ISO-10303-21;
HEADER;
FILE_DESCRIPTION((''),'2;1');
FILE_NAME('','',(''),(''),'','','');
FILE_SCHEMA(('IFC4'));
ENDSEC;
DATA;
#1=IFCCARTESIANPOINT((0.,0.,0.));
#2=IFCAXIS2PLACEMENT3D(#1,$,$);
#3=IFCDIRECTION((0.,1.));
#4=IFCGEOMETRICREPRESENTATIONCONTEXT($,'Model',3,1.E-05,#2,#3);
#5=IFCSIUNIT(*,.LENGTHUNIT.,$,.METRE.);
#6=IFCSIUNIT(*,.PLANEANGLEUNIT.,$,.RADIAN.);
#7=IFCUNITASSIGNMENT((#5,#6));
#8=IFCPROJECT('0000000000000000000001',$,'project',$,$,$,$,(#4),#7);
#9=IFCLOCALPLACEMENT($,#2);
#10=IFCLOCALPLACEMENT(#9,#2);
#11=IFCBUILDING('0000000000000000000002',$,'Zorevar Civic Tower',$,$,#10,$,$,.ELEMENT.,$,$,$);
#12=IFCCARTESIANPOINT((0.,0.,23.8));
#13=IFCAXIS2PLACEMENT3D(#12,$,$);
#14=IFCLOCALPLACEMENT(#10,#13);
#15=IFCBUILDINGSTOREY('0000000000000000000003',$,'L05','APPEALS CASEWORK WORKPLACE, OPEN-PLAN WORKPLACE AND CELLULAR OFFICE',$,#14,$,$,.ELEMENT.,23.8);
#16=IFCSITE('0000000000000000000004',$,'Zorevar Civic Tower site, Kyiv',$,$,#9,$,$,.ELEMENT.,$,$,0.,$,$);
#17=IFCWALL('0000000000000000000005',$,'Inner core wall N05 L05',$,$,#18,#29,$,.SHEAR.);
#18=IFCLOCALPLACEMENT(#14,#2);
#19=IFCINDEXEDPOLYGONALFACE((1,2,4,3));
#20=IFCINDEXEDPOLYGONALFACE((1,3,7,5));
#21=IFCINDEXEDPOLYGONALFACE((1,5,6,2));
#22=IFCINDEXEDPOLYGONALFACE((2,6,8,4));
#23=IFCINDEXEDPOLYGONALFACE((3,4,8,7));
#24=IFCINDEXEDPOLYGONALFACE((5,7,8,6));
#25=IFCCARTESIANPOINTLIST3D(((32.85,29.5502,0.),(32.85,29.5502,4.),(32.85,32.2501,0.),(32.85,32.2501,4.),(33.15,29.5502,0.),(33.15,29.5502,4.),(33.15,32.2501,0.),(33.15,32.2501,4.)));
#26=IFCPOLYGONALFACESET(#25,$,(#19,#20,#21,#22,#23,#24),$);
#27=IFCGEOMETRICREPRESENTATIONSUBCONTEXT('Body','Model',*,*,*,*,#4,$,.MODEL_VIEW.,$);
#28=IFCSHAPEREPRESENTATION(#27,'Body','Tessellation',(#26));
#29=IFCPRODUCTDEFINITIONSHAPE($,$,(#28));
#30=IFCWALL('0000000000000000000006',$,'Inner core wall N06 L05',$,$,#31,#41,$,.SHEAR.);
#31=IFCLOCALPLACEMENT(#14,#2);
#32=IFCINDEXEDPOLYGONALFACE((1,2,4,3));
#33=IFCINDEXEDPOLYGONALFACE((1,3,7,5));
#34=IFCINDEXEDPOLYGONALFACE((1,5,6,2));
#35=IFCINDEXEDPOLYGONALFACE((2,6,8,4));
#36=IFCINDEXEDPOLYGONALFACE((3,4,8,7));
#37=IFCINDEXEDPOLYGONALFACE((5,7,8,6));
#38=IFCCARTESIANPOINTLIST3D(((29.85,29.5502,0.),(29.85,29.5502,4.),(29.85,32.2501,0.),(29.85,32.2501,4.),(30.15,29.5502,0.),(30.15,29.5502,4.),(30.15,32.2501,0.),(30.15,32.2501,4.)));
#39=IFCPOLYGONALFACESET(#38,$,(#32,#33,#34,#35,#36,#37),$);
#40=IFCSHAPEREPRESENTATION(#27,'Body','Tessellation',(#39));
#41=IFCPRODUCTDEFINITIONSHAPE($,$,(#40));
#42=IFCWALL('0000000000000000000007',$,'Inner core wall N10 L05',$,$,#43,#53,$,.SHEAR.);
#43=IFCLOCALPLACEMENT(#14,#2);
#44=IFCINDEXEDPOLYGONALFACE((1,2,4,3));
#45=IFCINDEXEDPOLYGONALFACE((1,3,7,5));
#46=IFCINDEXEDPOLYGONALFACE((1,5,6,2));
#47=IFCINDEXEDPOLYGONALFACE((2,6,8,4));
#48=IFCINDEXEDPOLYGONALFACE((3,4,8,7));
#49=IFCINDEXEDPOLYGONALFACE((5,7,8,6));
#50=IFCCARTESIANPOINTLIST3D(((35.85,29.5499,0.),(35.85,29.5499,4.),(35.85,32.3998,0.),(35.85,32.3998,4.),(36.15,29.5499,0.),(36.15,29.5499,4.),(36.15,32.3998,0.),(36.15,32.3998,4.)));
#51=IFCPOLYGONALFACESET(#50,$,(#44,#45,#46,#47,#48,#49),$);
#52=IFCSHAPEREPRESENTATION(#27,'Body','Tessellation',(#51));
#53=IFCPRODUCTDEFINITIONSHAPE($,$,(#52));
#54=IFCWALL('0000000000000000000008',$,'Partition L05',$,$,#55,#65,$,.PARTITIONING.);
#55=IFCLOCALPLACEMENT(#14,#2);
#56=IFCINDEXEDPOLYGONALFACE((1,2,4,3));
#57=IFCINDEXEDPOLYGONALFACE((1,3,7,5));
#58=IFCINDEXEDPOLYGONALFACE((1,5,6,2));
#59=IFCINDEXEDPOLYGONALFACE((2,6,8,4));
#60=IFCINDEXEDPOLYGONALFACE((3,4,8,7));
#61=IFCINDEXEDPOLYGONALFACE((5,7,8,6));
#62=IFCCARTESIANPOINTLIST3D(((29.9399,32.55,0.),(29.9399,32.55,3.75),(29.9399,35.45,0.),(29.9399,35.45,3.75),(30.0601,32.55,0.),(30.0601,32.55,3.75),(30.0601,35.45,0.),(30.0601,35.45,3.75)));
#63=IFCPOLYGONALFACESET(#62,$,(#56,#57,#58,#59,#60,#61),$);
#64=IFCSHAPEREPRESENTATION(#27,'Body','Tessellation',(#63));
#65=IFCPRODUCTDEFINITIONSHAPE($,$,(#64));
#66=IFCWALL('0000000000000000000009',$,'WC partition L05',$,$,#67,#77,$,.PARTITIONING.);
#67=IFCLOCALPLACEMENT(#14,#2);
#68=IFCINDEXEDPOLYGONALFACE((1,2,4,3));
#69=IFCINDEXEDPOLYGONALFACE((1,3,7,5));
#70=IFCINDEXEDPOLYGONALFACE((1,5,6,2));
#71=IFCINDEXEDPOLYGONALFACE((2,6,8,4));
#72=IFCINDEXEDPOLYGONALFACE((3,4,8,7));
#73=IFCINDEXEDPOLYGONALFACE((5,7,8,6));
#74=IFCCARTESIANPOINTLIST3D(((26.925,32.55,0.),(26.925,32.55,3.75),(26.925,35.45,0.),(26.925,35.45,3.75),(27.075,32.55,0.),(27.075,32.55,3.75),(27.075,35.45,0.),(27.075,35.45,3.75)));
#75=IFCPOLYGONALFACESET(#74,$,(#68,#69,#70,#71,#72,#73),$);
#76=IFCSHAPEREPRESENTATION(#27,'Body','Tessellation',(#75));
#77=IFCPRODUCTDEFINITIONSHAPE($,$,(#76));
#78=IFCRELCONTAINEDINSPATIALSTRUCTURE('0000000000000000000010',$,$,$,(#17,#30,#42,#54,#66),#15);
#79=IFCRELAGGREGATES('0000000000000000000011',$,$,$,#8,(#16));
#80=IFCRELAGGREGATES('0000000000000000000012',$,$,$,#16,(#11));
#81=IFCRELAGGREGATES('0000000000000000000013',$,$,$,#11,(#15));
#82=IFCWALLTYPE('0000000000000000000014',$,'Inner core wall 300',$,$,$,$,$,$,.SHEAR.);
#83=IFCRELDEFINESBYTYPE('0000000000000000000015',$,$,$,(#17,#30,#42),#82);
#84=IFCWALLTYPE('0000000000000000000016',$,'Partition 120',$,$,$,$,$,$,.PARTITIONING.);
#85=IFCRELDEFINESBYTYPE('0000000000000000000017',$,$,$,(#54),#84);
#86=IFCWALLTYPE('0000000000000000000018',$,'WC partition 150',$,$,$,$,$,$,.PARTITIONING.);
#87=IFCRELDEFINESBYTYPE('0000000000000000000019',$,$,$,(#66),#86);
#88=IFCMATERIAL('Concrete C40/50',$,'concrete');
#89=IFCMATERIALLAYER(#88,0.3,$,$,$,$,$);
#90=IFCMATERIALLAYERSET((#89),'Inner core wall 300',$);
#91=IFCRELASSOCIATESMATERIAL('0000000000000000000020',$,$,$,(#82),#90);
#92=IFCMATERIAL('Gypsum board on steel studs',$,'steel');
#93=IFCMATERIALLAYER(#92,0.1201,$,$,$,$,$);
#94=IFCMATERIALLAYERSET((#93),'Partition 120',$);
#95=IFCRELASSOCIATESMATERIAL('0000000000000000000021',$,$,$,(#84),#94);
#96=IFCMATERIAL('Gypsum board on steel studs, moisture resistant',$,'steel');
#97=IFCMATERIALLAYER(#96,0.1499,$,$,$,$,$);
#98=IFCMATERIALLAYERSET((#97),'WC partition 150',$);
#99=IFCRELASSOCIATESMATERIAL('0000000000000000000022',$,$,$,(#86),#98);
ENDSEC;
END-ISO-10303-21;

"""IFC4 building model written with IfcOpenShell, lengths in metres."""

from ifc_helpers import new_model, si_unit, direction, frame, frame_2d, origin, place, context, subcontext, project, spatial, rectangle, extrude, material, layer, layer_set, type_object, element, save


model = new_model("IFC4")

# Units and contexts
model_context = context("Model", 3, precision=1e-05, world=origin(), true_north=direction((0.0, 1.0)))
body_context = subcontext(model_context, "Body", "Model", "MODEL_VIEW")
ifc_project = project(units=[si_unit("LENGTHUNIT", "METRE"), si_unit("PLANEANGLEUNIT", "RADIAN")], contexts=[model_context])

# Site, building, storey
site_placement = place(None, origin())
site = spatial("IfcSite", under=ifc_project, at=site_placement, Name="Zorevar Civic Tower site, Kyiv", CompositionType="ELEMENT", RefElevation=0.0)
building_placement = place(site_placement, origin())
building = spatial("IfcBuilding", under=site, at=building_placement, Name="Zorevar Civic Tower", CompositionType="ELEMENT")
storey_placement = place(building_placement, frame((0.0, 0.0, 23.8)))
storey = spatial("IfcBuildingStorey", under=building, at=storey_placement, Name="L05", Description="APPEALS CASEWORK WORKPLACE, OPEN-PLAN WORKPLACE AND CELLULAR OFFICE", CompositionType="ELEMENT", Elevation=23.8)

# Shared definitions
ifc_material_1 = material(Name="Concrete C40/50", Category="concrete")
ifc_layer_1 = layer(ifc_material_1, 0.3)
ifc_layer_set_1 = layer_set([ifc_layer_1], Name="Inner core wall 300")
wall_type_1 = type_object("IfcWallType", Name="Inner core wall 300", PredefinedType="SHEAR", material=ifc_layer_set_1)

# Walls
for number, where, z_axis, x_axis, name in (
    (1, (33.0, 29.55, 0.0), (0.0, 0.0, 1.0), (0.0, 1.0, 0.0), "Inner core wall N05 L05"),
    (2, (30.0, 29.55, 0.0), (0.0, 0.0, 1.0), (0.0, 1.0, 0.0), "Inner core wall N06 L05"),
):
    element("IfcWall", number, at=place(storey_placement, frame(where, z_axis=z_axis, x_axis=x_axis)), inside=storey, type_object=wall_type_1, Name=name, PredefinedType="SHEAR", context=body_context, shape_type="SweptSolid", body=[
        extrude(rectangle(XDim=2.7, YDim=0.3, at=frame_2d((1.3501, 0.0))), origin(), (0.0, 0.0, 1.0), 4.0),
    ])
wall_1_placement = place(storey_placement, frame((36.0, 29.55, 0.0), z_axis=(0.0, 0.0, 1.0), x_axis=(0.0, 1.0, 0.0)))
element("IfcWall", 3, at=wall_1_placement, inside=storey, type_object=wall_type_1, Name="Inner core wall N10 L05", PredefinedType="SHEAR", context=body_context, shape_type="SweptSolid", body=[
    extrude(rectangle(XDim=2.8499, YDim=0.3, at=frame_2d((1.4248, 0.0))), origin(), (0.0, 0.0, 1.0), 4.0),
])
ifc_material_2 = material(Name="Gypsum board on steel studs", Category="steel")
ifc_layer_2 = layer(ifc_material_2, 0.1201)
ifc_layer_set_2 = layer_set([ifc_layer_2], Name="Partition 120")
wall_type_2 = type_object("IfcWallType", Name="Partition 120", PredefinedType="PARTITIONING", material=ifc_layer_set_2)
wall_2_placement = place(storey_placement, frame((30.0, 32.55, 0.0), z_axis=(0.0, 0.0, 1.0), x_axis=(0.0, 1.0, 0.0)))
element("IfcWall", 4, at=wall_2_placement, inside=storey, type_object=wall_type_2, Name="Partition L05", PredefinedType="PARTITIONING", context=body_context, shape_type="SweptSolid", body=[
    extrude(rectangle(XDim=2.8999, YDim=0.1201, at=frame_2d((1.45, 0.0))), origin(), (0.0, 0.0, 1.0), 3.75),
])
ifc_material_3 = material(Name="Gypsum board on steel studs, moisture resistant", Category="steel")
ifc_layer_3 = layer(ifc_material_3, 0.1499)
ifc_layer_set_3 = layer_set([ifc_layer_3], Name="WC partition 150")
wall_type_3 = type_object("IfcWallType", Name="WC partition 150", PredefinedType="PARTITIONING", material=ifc_layer_set_3)
wall_3_placement = place(storey_placement, frame((27.0, 32.55, 0.0), z_axis=(0.0, 0.0, 1.0), x_axis=(0.0, 1.0, 0.0)))
element("IfcWall", 5, at=wall_3_placement, inside=storey, type_object=wall_type_3, Name="WC partition L05", PredefinedType="PARTITIONING", context=body_context, shape_type="SweptSolid", body=[
    extrude(rectangle(XDim=2.8999, YDim=0.1499, at=frame_2d((1.45, 0.0))), origin(), (0.0, 0.0, 1.0), 3.75),
])

save(model, "model.ifc")
